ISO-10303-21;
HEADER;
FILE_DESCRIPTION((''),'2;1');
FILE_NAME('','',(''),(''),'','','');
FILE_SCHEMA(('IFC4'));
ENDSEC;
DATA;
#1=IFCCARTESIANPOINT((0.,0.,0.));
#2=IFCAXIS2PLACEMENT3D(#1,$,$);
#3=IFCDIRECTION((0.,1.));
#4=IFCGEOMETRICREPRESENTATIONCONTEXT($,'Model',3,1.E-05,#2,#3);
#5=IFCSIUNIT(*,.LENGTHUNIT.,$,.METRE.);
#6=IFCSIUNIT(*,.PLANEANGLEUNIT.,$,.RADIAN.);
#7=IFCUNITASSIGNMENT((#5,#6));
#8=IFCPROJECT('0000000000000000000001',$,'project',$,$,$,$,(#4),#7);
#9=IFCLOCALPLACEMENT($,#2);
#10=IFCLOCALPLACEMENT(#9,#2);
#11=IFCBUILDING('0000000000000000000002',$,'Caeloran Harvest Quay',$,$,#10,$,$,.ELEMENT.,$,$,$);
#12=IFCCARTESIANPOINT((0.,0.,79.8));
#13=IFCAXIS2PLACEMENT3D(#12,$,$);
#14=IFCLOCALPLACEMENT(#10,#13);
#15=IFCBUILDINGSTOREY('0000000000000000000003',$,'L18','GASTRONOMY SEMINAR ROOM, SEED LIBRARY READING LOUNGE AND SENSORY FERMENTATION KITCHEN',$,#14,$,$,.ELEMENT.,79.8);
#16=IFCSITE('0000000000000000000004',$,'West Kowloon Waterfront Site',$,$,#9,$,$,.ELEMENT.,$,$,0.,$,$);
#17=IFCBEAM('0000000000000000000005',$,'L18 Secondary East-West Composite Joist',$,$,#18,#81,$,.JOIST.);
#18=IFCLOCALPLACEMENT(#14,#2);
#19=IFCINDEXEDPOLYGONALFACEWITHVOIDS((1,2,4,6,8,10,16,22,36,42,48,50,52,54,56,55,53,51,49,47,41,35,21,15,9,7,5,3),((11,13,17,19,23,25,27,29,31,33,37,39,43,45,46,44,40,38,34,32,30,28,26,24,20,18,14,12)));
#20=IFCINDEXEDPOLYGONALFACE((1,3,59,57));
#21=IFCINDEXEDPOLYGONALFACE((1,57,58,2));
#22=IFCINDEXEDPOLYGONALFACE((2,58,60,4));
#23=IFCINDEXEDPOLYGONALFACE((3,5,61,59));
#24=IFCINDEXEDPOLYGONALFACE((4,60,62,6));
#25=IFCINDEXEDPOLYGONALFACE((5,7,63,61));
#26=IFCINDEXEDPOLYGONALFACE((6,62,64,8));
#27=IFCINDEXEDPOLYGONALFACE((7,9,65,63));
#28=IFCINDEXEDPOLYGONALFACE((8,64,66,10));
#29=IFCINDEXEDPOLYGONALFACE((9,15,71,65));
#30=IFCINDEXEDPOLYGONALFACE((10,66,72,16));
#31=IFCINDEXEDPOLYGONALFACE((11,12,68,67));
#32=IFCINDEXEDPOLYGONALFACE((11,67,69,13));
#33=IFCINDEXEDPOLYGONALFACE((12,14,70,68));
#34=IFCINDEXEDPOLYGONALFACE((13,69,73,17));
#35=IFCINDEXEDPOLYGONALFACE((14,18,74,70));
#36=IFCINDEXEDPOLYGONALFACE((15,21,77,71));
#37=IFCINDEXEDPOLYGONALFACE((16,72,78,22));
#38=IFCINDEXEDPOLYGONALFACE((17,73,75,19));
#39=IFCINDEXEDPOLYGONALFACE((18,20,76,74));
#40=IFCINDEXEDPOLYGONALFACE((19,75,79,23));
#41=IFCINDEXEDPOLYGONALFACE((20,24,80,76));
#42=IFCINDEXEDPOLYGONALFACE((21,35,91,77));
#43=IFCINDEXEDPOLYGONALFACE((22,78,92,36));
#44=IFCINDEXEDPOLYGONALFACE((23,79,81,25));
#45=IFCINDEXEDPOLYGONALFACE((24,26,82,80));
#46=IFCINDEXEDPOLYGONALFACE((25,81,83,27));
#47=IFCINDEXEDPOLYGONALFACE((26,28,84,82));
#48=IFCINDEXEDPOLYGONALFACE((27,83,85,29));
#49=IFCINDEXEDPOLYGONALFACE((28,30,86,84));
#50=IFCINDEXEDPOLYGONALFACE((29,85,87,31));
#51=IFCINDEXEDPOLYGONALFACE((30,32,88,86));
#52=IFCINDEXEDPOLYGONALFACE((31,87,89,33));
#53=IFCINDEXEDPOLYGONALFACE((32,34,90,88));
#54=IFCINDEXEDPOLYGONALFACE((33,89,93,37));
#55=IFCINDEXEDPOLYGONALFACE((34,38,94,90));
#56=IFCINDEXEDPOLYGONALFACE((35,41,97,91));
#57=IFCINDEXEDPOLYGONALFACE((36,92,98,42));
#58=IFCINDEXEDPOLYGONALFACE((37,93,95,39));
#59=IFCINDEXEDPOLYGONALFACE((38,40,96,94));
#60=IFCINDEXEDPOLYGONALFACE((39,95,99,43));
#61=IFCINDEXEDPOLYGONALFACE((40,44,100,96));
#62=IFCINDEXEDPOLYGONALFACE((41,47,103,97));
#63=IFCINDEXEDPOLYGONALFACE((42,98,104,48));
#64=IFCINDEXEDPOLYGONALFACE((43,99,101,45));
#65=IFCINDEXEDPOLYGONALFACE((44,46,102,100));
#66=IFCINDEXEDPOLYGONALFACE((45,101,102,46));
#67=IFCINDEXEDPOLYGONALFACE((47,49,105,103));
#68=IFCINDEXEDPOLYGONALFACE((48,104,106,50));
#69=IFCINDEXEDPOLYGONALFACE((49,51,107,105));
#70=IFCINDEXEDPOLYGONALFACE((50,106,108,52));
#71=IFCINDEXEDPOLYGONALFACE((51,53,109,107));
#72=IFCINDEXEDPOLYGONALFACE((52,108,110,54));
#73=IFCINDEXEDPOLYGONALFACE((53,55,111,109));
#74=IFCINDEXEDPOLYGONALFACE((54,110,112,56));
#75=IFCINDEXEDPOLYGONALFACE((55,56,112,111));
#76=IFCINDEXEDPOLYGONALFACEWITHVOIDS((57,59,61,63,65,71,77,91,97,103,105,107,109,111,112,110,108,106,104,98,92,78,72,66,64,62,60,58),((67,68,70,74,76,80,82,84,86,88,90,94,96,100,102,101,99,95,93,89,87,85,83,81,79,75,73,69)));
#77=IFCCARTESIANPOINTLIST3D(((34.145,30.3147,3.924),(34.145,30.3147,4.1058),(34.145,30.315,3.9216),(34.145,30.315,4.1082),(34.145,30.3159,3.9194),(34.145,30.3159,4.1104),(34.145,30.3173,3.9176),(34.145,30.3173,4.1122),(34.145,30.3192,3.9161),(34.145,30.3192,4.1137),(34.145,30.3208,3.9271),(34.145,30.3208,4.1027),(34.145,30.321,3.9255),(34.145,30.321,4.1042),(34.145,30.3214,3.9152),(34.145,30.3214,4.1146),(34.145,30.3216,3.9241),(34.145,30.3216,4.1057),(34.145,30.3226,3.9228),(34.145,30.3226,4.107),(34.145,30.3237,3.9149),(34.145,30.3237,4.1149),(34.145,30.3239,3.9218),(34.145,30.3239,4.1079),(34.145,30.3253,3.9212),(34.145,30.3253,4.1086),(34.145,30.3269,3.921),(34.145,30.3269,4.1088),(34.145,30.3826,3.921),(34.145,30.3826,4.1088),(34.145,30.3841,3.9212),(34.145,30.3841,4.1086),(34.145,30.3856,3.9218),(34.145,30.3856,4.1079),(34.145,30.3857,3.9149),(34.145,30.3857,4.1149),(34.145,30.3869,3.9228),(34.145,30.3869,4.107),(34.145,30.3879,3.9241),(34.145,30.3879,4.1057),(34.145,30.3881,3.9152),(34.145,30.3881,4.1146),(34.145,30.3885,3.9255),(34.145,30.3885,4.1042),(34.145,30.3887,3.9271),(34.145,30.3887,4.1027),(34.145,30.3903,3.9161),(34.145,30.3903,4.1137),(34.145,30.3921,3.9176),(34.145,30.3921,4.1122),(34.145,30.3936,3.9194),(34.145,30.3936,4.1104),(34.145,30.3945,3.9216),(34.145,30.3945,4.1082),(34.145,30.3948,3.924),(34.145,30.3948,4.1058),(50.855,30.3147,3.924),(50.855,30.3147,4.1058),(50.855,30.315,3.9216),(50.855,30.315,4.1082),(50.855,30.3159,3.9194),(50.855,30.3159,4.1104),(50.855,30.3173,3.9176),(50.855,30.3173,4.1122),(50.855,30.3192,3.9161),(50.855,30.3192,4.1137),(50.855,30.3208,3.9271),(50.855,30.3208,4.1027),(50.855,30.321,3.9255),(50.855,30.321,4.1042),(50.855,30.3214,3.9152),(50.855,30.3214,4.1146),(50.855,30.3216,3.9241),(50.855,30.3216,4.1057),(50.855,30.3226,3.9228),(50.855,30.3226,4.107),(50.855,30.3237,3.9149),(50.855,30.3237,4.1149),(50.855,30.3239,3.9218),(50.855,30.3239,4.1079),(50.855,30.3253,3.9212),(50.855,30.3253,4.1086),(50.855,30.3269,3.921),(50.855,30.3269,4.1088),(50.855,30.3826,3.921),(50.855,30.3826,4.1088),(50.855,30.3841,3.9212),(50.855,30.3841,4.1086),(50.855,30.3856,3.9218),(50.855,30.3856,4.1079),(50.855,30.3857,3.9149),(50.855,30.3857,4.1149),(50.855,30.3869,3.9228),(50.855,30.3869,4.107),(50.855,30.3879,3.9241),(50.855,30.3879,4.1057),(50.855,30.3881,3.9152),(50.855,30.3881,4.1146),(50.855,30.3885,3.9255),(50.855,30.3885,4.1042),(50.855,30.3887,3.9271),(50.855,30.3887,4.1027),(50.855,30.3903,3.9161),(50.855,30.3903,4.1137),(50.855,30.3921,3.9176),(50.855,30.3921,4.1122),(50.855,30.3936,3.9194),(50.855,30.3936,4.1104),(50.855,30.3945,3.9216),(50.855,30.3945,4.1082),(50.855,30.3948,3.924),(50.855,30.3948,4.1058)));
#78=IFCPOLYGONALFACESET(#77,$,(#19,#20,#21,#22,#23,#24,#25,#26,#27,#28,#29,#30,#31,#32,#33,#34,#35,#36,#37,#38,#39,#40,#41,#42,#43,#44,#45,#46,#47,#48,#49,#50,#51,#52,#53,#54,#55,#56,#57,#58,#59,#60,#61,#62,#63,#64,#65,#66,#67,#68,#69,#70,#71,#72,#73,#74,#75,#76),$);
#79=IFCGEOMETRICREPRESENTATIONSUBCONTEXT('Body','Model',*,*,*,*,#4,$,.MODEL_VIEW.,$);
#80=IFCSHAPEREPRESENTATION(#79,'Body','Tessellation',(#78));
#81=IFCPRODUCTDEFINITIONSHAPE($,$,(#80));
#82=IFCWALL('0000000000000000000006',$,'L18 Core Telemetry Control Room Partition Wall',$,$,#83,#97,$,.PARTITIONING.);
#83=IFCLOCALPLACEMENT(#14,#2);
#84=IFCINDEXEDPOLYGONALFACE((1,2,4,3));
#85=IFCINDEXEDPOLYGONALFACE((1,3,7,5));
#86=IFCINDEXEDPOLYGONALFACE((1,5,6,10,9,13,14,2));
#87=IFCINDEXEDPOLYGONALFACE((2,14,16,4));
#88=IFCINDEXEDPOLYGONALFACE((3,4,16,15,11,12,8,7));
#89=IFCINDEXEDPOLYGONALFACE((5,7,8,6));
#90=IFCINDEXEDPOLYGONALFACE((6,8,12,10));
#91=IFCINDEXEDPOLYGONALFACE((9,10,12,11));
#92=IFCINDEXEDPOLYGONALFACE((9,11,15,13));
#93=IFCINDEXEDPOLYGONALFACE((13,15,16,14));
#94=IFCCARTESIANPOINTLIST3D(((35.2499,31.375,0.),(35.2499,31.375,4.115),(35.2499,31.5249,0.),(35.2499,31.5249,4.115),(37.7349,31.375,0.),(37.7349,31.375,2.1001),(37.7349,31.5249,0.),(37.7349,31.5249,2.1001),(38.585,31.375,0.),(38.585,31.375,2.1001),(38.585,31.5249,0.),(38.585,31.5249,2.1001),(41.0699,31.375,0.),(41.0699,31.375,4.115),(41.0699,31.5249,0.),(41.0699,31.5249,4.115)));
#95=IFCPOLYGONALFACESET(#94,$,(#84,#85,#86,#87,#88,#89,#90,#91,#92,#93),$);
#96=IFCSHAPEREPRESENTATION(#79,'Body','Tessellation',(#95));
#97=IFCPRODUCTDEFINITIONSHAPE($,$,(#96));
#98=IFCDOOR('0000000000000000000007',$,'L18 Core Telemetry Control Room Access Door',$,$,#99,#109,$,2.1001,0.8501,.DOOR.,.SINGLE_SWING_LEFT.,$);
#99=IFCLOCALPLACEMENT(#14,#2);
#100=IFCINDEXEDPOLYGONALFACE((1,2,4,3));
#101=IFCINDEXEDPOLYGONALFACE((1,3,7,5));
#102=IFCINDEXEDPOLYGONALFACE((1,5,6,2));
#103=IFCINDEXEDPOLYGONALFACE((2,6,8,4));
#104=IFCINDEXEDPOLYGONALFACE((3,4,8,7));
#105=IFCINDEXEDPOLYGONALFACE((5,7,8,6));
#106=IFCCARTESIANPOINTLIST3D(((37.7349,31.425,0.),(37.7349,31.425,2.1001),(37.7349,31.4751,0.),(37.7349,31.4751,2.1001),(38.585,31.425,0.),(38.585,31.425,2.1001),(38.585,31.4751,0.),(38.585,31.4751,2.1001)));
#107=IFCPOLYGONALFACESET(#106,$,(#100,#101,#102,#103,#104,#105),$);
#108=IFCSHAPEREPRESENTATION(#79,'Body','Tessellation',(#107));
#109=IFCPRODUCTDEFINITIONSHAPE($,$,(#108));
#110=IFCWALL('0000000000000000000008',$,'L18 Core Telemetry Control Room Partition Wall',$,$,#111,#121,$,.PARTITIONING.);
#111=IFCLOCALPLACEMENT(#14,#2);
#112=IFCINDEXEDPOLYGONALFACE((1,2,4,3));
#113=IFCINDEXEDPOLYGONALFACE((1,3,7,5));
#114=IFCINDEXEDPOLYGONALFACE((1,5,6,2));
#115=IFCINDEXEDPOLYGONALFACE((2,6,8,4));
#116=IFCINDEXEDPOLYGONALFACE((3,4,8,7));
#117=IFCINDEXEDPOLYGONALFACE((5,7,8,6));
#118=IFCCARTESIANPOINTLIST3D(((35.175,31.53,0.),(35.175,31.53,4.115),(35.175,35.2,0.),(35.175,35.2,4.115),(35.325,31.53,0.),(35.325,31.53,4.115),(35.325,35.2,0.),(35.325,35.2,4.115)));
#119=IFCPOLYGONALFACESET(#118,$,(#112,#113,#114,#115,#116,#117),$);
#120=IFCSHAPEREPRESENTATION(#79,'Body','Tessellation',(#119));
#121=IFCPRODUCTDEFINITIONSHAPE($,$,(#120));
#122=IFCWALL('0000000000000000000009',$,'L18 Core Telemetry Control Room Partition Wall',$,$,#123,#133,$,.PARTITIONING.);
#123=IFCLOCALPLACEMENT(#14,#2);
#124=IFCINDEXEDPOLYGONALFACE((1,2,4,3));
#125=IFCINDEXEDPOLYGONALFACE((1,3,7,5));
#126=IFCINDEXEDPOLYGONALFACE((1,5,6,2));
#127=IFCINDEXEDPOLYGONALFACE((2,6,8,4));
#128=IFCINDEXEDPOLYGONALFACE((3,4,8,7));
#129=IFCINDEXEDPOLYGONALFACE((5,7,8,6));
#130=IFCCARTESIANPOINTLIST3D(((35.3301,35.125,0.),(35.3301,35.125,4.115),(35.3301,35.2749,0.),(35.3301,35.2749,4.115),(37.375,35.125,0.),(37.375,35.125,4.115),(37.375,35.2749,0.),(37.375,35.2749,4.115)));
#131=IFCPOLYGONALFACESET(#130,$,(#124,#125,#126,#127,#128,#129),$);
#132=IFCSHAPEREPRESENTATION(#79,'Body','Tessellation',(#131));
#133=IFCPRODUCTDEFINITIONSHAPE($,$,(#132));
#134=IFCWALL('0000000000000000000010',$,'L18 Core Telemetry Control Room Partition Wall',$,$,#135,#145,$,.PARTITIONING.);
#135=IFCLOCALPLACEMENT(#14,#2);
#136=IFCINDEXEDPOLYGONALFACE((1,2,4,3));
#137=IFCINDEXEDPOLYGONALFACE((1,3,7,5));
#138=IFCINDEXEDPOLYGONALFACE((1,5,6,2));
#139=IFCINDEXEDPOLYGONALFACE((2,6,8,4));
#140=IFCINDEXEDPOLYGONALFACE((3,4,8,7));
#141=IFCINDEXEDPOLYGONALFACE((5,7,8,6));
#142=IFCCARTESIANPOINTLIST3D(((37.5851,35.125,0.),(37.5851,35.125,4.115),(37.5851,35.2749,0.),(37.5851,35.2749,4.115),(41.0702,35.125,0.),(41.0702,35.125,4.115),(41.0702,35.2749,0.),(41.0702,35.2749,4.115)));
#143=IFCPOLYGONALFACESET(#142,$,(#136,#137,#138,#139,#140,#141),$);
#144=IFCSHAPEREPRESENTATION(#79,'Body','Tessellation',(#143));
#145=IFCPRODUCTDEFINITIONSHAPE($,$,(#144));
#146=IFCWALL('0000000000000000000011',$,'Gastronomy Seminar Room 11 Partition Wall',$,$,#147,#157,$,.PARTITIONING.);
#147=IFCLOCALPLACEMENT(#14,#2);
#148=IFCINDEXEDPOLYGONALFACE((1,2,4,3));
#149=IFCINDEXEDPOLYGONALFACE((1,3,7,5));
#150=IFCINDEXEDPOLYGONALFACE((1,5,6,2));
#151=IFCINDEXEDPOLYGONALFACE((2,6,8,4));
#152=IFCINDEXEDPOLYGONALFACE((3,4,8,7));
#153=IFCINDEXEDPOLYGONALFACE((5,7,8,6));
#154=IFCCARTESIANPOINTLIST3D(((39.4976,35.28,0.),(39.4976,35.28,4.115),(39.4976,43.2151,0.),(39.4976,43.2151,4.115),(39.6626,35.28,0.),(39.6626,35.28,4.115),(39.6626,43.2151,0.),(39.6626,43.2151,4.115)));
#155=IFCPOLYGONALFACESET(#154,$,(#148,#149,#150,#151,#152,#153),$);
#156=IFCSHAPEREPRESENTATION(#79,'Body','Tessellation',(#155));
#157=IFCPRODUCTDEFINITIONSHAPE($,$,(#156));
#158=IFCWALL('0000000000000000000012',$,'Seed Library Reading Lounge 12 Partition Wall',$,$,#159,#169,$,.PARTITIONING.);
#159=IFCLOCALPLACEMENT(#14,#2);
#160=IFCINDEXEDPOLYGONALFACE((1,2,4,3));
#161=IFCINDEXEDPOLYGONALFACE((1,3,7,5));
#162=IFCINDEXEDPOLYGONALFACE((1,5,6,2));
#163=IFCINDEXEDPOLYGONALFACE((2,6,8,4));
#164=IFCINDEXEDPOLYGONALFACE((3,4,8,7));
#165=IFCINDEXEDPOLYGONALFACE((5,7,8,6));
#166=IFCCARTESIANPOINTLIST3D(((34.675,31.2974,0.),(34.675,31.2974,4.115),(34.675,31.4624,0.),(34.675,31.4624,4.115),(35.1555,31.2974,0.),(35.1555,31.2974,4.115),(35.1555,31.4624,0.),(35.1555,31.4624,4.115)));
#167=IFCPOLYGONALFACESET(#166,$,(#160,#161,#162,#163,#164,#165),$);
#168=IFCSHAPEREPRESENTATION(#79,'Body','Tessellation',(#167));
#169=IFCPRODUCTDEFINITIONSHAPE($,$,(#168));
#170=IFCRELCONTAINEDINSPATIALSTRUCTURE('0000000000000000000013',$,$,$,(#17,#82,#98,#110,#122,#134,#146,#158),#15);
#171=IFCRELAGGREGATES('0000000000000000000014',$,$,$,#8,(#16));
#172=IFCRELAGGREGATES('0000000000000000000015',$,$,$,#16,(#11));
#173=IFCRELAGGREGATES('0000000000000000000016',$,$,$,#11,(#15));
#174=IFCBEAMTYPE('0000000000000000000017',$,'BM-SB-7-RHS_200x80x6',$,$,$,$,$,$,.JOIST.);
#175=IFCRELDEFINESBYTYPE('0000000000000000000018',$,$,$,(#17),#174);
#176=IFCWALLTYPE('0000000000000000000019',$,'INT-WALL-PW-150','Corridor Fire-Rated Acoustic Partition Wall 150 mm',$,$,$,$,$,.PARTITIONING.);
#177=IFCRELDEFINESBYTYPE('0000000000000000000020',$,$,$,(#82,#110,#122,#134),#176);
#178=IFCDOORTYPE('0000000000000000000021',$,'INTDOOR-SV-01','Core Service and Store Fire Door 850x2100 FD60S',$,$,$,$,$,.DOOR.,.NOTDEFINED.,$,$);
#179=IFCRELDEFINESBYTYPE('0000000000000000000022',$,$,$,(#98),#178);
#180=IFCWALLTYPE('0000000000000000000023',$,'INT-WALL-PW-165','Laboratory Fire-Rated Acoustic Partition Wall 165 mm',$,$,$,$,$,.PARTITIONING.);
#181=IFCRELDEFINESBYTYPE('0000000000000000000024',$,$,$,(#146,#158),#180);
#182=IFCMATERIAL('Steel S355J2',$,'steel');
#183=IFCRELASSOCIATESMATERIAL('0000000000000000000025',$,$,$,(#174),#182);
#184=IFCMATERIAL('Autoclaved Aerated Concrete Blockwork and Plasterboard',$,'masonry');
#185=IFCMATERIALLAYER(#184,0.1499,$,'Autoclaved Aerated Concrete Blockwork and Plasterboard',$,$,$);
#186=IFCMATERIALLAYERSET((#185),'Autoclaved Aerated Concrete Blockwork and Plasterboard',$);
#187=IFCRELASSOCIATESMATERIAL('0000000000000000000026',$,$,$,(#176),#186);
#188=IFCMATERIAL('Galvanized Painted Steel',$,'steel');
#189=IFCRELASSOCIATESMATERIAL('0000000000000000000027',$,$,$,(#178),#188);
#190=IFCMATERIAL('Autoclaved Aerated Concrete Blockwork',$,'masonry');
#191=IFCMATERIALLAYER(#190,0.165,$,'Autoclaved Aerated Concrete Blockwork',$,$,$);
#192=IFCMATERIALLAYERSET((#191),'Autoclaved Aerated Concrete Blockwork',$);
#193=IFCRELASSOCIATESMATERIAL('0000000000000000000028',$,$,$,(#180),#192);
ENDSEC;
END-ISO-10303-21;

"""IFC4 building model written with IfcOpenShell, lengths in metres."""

from ifc_helpers import new_model, si_unit, direction, frame, frame_2d, origin, origin_2d, place, context, subcontext, project, spatial, rectangle, hollow_rectangle, extrude, material, layer, layer_set, material_profile, profile_set, type_object, element, fill, save


model = new_model("IFC4")

# Units and contexts
model_context = context("Model", 3, precision=1e-05, world=origin(), true_north=direction((0.0, 1.0)))
body_context = subcontext(model_context, "Body", "Model", "MODEL_VIEW")
ifc_project = project(units=[si_unit("LENGTHUNIT", "METRE"), si_unit("PLANEANGLEUNIT", "RADIAN")], contexts=[model_context])

# Site, building, storey
site_placement = place(None, origin())
site = spatial("IfcSite", under=ifc_project, at=site_placement, Name="West Kowloon Waterfront Site", CompositionType="ELEMENT", RefElevation=0.0)
building_placement = place(site_placement, origin())
building = spatial("IfcBuilding", under=site, at=building_placement, Name="Caeloran Harvest Quay", CompositionType="ELEMENT")
storey_placement = place(building_placement, frame((0.0, 0.0, 79.8)))
storey = spatial("IfcBuildingStorey", under=building, at=storey_placement, Name="L18", Description="GASTRONOMY SEMINAR ROOM, SEED LIBRARY READING LOUNGE AND SENSORY FERMENTATION KITCHEN", CompositionType="ELEMENT", Elevation=79.8)

# Beam
ifc_material_1 = material(Name="Steel S355J2", Category="steel")
ifc_material_profile_1 = material_profile(ifc_material_1, hollow_rectangle(XDim=0.0801, YDim=0.2, WallThickness=0.0061, InnerFilletRadius=0.0061, OuterFilletRadius=0.009, at=origin_2d()), Name="RHS 200x80x6")
ifc_profile_set_1 = profile_set([ifc_material_profile_1], Name="Steel S355J2")
beam_type_1 = type_object("IfcBeamType", Name="BM-SB-7-RHS_200x80x6", PredefinedType="JOIST", material=ifc_profile_set_1)
for number, where, z_axis, x_axis, name in (
    (1, (34.145, 30.3547, 4.0149), (1.0, 0.0, 0.0), (0.0, 1.0, 0.0), "L18 Secondary East-West Composite Joist"),
):
    element("IfcBeam", number, at=place(storey_placement, frame(where, z_axis=z_axis, x_axis=x_axis)), inside=storey, type_object=beam_type_1, Name=name, PredefinedType="JOIST", context=body_context, shape_type="SweptSolid", body=[
        extrude(hollow_rectangle(XDim=0.0801, YDim=0.2, WallThickness=0.0061, InnerFilletRadius=0.0061, OuterFilletRadius=0.009, at=origin_2d()), origin(), (0.0, 0.0, 1.0), 16.71),
    ])

# Wall, opening, door
ifc_material_2 = material(Name="Autoclaved Aerated Concrete Blockwork and Plasterboard", Category="masonry")
ifc_layer_1 = layer(ifc_material_2, 0.1499, Name="Autoclaved Aerated Concrete Blockwork and Plasterboard")
ifc_layer_set_1 = layer_set([ifc_layer_1], Name="Autoclaved Aerated Concrete Blockwork and Plasterboard")
wall_type_1 = type_object("IfcWallType", Name="INT-WALL-PW-150", Description="Corridor Fire-Rated Acoustic Partition Wall 150 mm", PredefinedType="PARTITIONING", material=ifc_layer_set_1)
wall_1_placement = place(storey_placement, frame((41.0701, 31.45, 0.0), z_axis=(0.0, 0.0, 1.0), x_axis=(-1.0, 0.0, 0.0)))
wall_1 = element("IfcWall", 2, at=wall_1_placement, inside=storey, type_object=wall_type_1, Name="L18 Core Telemetry Control Room Partition Wall", PredefinedType="PARTITIONING", context=body_context, shape_type="SweptSolid", body=[
    extrude(rectangle(XDim=5.8201, YDim=0.1499, at=frame_2d((2.9102, 0.0))), origin(), (0.0, 0.0, 1.0), 4.115),
])
opening_1_placement = place(wall_1_placement, frame((2.4851, 0.0, 0.0)))
opening_1 = element("IfcOpeningElement", 3, at=opening_1_placement, cuts=wall_1, PredefinedType="OPENING", context=body_context, shape_type="SweptSolid", body=[
    extrude(rectangle(XDim=0.8501, YDim=2.1001, at=frame_2d((0.425, 1.05))), frame((0.0, 0.085, 0.0), z_axis=(0.0, -1.0, 0.0), x_axis=(1.0, 0.0, 0.0)), (0.0, 0.0, 1.0), 0.1699),
])
ifc_material_3 = material(Name="Galvanized Painted Steel", Category="steel")
door_type_1 = type_object("IfcDoorType", Name="INTDOOR-SV-01", Description="Core Service and Store Fire Door 850x2100 FD60S", OperationType="NOTDEFINED", PredefinedType="DOOR", material=ifc_material_3)
door_1_placement = place(opening_1_placement, origin())
door_1 = element("IfcDoor", 4, at=door_1_placement, inside=storey, type_object=door_type_1, Name="L18 Core Telemetry Control Room Access Door", OperationType="SINGLE_SWING_LEFT", OverallHeight=2.1001, OverallWidth=0.8501, PredefinedType="DOOR", context=body_context, shape_type="SweptSolid", body=[
    extrude(rectangle(XDim=0.8501, YDim=2.1001, at=frame_2d((0.425, 1.05))), frame((0.0, 0.0249, 0.0), z_axis=(0.0, -1.0, 0.0), x_axis=(1.0, 0.0, 0.0)), (0.0, 0.0, 1.0), 0.05),
])
fill(opening_1, door_1)

# Walls
wall_2_placement = place(storey_placement, frame((35.25, 31.53, 0.0), z_axis=(0.0, 0.0, 1.0), x_axis=(0.0, 1.0, 0.0)))
element("IfcWall", 5, at=wall_2_placement, inside=storey, type_object=wall_type_1, Name="L18 Core Telemetry Control Room Partition Wall", PredefinedType="PARTITIONING", context=body_context, shape_type="SweptSolid", body=[
    extrude(rectangle(XDim=3.6699, YDim=0.1499, at=frame_2d((1.835, 0.0))), origin(), (0.0, 0.0, 1.0), 4.115),
])
wall_3_placement = place(storey_placement, frame((35.3301, 35.2, 0.0), z_axis=(0.0, 0.0, 1.0), x_axis=(1.0, 0.0, 0.0)))
element("IfcWall", 6, at=wall_3_placement, inside=storey, type_object=wall_type_1, Name="L18 Core Telemetry Control Room Partition Wall", PredefinedType="PARTITIONING", context=body_context, shape_type="SweptSolid", body=[
    extrude(rectangle(XDim=2.0449, YDim=0.1499, at=frame_2d((1.0225, 0.0))), origin(), (0.0, 0.0, 1.0), 4.115),
])
wall_4_placement = place(storey_placement, frame((37.585, 35.2, 0.0), z_axis=(0.0, 0.0, 1.0), x_axis=(1.0, 0.0, 0.0)))
element("IfcWall", 7, at=wall_4_placement, inside=storey, type_object=wall_type_1, Name="L18 Core Telemetry Control Room Partition Wall", PredefinedType="PARTITIONING", context=body_context, shape_type="SweptSolid", body=[
    extrude(rectangle(XDim=3.4851, YDim=0.1499, at=frame_2d((1.7427, 0.0))), origin(), (0.0, 0.0, 1.0), 4.115),
])

# Shared definitions
ifc_material_4 = material(Name="Autoclaved Aerated Concrete Blockwork", Category="masonry")
ifc_layer_2 = layer(ifc_material_4, 0.165, Name="Autoclaved Aerated Concrete Blockwork")
ifc_layer_set_2 = layer_set([ifc_layer_2], Name="Autoclaved Aerated Concrete Blockwork")
wall_type_2 = type_object("IfcWallType", Name="INT-WALL-PW-165", Description="Laboratory Fire-Rated Acoustic Partition Wall 165 mm", PredefinedType="PARTITIONING", material=ifc_layer_set_2)

# Walls
wall_5_placement = place(storey_placement, frame((39.5801, 35.28, 0.0), z_axis=(0.0, 0.0, 1.0), x_axis=(0.0, 1.0, 0.0)))
element("IfcWall", 8, at=wall_5_placement, inside=storey, type_object=wall_type_2, Name="Gastronomy Seminar Room 11 Partition Wall", PredefinedType="PARTITIONING", context=body_context, shape_type="SweptSolid", body=[
    extrude(rectangle(XDim=7.9351, YDim=0.165, at=frame_2d((3.9675, 0.0))), origin(), (0.0, 0.0, 1.0), 4.115),
])
wall_6_placement = place(storey_placement, frame((35.1555, 31.3799, 0.0), z_axis=(0.0, 0.0, 1.0), x_axis=(-1.0, 0.0, 0.0)))
element("IfcWall", 9, at=wall_6_placement, inside=storey, type_object=wall_type_2, Name="Seed Library Reading Lounge 12 Partition Wall", PredefinedType="PARTITIONING", context=body_context, shape_type="SweptSolid", body=[
    extrude(rectangle(XDim=0.4805, YDim=0.165, at=frame_2d((0.2402, 0.0))), origin(), (0.0, 0.0, 1.0), 4.115),
])

save(model, "model.ifc")
